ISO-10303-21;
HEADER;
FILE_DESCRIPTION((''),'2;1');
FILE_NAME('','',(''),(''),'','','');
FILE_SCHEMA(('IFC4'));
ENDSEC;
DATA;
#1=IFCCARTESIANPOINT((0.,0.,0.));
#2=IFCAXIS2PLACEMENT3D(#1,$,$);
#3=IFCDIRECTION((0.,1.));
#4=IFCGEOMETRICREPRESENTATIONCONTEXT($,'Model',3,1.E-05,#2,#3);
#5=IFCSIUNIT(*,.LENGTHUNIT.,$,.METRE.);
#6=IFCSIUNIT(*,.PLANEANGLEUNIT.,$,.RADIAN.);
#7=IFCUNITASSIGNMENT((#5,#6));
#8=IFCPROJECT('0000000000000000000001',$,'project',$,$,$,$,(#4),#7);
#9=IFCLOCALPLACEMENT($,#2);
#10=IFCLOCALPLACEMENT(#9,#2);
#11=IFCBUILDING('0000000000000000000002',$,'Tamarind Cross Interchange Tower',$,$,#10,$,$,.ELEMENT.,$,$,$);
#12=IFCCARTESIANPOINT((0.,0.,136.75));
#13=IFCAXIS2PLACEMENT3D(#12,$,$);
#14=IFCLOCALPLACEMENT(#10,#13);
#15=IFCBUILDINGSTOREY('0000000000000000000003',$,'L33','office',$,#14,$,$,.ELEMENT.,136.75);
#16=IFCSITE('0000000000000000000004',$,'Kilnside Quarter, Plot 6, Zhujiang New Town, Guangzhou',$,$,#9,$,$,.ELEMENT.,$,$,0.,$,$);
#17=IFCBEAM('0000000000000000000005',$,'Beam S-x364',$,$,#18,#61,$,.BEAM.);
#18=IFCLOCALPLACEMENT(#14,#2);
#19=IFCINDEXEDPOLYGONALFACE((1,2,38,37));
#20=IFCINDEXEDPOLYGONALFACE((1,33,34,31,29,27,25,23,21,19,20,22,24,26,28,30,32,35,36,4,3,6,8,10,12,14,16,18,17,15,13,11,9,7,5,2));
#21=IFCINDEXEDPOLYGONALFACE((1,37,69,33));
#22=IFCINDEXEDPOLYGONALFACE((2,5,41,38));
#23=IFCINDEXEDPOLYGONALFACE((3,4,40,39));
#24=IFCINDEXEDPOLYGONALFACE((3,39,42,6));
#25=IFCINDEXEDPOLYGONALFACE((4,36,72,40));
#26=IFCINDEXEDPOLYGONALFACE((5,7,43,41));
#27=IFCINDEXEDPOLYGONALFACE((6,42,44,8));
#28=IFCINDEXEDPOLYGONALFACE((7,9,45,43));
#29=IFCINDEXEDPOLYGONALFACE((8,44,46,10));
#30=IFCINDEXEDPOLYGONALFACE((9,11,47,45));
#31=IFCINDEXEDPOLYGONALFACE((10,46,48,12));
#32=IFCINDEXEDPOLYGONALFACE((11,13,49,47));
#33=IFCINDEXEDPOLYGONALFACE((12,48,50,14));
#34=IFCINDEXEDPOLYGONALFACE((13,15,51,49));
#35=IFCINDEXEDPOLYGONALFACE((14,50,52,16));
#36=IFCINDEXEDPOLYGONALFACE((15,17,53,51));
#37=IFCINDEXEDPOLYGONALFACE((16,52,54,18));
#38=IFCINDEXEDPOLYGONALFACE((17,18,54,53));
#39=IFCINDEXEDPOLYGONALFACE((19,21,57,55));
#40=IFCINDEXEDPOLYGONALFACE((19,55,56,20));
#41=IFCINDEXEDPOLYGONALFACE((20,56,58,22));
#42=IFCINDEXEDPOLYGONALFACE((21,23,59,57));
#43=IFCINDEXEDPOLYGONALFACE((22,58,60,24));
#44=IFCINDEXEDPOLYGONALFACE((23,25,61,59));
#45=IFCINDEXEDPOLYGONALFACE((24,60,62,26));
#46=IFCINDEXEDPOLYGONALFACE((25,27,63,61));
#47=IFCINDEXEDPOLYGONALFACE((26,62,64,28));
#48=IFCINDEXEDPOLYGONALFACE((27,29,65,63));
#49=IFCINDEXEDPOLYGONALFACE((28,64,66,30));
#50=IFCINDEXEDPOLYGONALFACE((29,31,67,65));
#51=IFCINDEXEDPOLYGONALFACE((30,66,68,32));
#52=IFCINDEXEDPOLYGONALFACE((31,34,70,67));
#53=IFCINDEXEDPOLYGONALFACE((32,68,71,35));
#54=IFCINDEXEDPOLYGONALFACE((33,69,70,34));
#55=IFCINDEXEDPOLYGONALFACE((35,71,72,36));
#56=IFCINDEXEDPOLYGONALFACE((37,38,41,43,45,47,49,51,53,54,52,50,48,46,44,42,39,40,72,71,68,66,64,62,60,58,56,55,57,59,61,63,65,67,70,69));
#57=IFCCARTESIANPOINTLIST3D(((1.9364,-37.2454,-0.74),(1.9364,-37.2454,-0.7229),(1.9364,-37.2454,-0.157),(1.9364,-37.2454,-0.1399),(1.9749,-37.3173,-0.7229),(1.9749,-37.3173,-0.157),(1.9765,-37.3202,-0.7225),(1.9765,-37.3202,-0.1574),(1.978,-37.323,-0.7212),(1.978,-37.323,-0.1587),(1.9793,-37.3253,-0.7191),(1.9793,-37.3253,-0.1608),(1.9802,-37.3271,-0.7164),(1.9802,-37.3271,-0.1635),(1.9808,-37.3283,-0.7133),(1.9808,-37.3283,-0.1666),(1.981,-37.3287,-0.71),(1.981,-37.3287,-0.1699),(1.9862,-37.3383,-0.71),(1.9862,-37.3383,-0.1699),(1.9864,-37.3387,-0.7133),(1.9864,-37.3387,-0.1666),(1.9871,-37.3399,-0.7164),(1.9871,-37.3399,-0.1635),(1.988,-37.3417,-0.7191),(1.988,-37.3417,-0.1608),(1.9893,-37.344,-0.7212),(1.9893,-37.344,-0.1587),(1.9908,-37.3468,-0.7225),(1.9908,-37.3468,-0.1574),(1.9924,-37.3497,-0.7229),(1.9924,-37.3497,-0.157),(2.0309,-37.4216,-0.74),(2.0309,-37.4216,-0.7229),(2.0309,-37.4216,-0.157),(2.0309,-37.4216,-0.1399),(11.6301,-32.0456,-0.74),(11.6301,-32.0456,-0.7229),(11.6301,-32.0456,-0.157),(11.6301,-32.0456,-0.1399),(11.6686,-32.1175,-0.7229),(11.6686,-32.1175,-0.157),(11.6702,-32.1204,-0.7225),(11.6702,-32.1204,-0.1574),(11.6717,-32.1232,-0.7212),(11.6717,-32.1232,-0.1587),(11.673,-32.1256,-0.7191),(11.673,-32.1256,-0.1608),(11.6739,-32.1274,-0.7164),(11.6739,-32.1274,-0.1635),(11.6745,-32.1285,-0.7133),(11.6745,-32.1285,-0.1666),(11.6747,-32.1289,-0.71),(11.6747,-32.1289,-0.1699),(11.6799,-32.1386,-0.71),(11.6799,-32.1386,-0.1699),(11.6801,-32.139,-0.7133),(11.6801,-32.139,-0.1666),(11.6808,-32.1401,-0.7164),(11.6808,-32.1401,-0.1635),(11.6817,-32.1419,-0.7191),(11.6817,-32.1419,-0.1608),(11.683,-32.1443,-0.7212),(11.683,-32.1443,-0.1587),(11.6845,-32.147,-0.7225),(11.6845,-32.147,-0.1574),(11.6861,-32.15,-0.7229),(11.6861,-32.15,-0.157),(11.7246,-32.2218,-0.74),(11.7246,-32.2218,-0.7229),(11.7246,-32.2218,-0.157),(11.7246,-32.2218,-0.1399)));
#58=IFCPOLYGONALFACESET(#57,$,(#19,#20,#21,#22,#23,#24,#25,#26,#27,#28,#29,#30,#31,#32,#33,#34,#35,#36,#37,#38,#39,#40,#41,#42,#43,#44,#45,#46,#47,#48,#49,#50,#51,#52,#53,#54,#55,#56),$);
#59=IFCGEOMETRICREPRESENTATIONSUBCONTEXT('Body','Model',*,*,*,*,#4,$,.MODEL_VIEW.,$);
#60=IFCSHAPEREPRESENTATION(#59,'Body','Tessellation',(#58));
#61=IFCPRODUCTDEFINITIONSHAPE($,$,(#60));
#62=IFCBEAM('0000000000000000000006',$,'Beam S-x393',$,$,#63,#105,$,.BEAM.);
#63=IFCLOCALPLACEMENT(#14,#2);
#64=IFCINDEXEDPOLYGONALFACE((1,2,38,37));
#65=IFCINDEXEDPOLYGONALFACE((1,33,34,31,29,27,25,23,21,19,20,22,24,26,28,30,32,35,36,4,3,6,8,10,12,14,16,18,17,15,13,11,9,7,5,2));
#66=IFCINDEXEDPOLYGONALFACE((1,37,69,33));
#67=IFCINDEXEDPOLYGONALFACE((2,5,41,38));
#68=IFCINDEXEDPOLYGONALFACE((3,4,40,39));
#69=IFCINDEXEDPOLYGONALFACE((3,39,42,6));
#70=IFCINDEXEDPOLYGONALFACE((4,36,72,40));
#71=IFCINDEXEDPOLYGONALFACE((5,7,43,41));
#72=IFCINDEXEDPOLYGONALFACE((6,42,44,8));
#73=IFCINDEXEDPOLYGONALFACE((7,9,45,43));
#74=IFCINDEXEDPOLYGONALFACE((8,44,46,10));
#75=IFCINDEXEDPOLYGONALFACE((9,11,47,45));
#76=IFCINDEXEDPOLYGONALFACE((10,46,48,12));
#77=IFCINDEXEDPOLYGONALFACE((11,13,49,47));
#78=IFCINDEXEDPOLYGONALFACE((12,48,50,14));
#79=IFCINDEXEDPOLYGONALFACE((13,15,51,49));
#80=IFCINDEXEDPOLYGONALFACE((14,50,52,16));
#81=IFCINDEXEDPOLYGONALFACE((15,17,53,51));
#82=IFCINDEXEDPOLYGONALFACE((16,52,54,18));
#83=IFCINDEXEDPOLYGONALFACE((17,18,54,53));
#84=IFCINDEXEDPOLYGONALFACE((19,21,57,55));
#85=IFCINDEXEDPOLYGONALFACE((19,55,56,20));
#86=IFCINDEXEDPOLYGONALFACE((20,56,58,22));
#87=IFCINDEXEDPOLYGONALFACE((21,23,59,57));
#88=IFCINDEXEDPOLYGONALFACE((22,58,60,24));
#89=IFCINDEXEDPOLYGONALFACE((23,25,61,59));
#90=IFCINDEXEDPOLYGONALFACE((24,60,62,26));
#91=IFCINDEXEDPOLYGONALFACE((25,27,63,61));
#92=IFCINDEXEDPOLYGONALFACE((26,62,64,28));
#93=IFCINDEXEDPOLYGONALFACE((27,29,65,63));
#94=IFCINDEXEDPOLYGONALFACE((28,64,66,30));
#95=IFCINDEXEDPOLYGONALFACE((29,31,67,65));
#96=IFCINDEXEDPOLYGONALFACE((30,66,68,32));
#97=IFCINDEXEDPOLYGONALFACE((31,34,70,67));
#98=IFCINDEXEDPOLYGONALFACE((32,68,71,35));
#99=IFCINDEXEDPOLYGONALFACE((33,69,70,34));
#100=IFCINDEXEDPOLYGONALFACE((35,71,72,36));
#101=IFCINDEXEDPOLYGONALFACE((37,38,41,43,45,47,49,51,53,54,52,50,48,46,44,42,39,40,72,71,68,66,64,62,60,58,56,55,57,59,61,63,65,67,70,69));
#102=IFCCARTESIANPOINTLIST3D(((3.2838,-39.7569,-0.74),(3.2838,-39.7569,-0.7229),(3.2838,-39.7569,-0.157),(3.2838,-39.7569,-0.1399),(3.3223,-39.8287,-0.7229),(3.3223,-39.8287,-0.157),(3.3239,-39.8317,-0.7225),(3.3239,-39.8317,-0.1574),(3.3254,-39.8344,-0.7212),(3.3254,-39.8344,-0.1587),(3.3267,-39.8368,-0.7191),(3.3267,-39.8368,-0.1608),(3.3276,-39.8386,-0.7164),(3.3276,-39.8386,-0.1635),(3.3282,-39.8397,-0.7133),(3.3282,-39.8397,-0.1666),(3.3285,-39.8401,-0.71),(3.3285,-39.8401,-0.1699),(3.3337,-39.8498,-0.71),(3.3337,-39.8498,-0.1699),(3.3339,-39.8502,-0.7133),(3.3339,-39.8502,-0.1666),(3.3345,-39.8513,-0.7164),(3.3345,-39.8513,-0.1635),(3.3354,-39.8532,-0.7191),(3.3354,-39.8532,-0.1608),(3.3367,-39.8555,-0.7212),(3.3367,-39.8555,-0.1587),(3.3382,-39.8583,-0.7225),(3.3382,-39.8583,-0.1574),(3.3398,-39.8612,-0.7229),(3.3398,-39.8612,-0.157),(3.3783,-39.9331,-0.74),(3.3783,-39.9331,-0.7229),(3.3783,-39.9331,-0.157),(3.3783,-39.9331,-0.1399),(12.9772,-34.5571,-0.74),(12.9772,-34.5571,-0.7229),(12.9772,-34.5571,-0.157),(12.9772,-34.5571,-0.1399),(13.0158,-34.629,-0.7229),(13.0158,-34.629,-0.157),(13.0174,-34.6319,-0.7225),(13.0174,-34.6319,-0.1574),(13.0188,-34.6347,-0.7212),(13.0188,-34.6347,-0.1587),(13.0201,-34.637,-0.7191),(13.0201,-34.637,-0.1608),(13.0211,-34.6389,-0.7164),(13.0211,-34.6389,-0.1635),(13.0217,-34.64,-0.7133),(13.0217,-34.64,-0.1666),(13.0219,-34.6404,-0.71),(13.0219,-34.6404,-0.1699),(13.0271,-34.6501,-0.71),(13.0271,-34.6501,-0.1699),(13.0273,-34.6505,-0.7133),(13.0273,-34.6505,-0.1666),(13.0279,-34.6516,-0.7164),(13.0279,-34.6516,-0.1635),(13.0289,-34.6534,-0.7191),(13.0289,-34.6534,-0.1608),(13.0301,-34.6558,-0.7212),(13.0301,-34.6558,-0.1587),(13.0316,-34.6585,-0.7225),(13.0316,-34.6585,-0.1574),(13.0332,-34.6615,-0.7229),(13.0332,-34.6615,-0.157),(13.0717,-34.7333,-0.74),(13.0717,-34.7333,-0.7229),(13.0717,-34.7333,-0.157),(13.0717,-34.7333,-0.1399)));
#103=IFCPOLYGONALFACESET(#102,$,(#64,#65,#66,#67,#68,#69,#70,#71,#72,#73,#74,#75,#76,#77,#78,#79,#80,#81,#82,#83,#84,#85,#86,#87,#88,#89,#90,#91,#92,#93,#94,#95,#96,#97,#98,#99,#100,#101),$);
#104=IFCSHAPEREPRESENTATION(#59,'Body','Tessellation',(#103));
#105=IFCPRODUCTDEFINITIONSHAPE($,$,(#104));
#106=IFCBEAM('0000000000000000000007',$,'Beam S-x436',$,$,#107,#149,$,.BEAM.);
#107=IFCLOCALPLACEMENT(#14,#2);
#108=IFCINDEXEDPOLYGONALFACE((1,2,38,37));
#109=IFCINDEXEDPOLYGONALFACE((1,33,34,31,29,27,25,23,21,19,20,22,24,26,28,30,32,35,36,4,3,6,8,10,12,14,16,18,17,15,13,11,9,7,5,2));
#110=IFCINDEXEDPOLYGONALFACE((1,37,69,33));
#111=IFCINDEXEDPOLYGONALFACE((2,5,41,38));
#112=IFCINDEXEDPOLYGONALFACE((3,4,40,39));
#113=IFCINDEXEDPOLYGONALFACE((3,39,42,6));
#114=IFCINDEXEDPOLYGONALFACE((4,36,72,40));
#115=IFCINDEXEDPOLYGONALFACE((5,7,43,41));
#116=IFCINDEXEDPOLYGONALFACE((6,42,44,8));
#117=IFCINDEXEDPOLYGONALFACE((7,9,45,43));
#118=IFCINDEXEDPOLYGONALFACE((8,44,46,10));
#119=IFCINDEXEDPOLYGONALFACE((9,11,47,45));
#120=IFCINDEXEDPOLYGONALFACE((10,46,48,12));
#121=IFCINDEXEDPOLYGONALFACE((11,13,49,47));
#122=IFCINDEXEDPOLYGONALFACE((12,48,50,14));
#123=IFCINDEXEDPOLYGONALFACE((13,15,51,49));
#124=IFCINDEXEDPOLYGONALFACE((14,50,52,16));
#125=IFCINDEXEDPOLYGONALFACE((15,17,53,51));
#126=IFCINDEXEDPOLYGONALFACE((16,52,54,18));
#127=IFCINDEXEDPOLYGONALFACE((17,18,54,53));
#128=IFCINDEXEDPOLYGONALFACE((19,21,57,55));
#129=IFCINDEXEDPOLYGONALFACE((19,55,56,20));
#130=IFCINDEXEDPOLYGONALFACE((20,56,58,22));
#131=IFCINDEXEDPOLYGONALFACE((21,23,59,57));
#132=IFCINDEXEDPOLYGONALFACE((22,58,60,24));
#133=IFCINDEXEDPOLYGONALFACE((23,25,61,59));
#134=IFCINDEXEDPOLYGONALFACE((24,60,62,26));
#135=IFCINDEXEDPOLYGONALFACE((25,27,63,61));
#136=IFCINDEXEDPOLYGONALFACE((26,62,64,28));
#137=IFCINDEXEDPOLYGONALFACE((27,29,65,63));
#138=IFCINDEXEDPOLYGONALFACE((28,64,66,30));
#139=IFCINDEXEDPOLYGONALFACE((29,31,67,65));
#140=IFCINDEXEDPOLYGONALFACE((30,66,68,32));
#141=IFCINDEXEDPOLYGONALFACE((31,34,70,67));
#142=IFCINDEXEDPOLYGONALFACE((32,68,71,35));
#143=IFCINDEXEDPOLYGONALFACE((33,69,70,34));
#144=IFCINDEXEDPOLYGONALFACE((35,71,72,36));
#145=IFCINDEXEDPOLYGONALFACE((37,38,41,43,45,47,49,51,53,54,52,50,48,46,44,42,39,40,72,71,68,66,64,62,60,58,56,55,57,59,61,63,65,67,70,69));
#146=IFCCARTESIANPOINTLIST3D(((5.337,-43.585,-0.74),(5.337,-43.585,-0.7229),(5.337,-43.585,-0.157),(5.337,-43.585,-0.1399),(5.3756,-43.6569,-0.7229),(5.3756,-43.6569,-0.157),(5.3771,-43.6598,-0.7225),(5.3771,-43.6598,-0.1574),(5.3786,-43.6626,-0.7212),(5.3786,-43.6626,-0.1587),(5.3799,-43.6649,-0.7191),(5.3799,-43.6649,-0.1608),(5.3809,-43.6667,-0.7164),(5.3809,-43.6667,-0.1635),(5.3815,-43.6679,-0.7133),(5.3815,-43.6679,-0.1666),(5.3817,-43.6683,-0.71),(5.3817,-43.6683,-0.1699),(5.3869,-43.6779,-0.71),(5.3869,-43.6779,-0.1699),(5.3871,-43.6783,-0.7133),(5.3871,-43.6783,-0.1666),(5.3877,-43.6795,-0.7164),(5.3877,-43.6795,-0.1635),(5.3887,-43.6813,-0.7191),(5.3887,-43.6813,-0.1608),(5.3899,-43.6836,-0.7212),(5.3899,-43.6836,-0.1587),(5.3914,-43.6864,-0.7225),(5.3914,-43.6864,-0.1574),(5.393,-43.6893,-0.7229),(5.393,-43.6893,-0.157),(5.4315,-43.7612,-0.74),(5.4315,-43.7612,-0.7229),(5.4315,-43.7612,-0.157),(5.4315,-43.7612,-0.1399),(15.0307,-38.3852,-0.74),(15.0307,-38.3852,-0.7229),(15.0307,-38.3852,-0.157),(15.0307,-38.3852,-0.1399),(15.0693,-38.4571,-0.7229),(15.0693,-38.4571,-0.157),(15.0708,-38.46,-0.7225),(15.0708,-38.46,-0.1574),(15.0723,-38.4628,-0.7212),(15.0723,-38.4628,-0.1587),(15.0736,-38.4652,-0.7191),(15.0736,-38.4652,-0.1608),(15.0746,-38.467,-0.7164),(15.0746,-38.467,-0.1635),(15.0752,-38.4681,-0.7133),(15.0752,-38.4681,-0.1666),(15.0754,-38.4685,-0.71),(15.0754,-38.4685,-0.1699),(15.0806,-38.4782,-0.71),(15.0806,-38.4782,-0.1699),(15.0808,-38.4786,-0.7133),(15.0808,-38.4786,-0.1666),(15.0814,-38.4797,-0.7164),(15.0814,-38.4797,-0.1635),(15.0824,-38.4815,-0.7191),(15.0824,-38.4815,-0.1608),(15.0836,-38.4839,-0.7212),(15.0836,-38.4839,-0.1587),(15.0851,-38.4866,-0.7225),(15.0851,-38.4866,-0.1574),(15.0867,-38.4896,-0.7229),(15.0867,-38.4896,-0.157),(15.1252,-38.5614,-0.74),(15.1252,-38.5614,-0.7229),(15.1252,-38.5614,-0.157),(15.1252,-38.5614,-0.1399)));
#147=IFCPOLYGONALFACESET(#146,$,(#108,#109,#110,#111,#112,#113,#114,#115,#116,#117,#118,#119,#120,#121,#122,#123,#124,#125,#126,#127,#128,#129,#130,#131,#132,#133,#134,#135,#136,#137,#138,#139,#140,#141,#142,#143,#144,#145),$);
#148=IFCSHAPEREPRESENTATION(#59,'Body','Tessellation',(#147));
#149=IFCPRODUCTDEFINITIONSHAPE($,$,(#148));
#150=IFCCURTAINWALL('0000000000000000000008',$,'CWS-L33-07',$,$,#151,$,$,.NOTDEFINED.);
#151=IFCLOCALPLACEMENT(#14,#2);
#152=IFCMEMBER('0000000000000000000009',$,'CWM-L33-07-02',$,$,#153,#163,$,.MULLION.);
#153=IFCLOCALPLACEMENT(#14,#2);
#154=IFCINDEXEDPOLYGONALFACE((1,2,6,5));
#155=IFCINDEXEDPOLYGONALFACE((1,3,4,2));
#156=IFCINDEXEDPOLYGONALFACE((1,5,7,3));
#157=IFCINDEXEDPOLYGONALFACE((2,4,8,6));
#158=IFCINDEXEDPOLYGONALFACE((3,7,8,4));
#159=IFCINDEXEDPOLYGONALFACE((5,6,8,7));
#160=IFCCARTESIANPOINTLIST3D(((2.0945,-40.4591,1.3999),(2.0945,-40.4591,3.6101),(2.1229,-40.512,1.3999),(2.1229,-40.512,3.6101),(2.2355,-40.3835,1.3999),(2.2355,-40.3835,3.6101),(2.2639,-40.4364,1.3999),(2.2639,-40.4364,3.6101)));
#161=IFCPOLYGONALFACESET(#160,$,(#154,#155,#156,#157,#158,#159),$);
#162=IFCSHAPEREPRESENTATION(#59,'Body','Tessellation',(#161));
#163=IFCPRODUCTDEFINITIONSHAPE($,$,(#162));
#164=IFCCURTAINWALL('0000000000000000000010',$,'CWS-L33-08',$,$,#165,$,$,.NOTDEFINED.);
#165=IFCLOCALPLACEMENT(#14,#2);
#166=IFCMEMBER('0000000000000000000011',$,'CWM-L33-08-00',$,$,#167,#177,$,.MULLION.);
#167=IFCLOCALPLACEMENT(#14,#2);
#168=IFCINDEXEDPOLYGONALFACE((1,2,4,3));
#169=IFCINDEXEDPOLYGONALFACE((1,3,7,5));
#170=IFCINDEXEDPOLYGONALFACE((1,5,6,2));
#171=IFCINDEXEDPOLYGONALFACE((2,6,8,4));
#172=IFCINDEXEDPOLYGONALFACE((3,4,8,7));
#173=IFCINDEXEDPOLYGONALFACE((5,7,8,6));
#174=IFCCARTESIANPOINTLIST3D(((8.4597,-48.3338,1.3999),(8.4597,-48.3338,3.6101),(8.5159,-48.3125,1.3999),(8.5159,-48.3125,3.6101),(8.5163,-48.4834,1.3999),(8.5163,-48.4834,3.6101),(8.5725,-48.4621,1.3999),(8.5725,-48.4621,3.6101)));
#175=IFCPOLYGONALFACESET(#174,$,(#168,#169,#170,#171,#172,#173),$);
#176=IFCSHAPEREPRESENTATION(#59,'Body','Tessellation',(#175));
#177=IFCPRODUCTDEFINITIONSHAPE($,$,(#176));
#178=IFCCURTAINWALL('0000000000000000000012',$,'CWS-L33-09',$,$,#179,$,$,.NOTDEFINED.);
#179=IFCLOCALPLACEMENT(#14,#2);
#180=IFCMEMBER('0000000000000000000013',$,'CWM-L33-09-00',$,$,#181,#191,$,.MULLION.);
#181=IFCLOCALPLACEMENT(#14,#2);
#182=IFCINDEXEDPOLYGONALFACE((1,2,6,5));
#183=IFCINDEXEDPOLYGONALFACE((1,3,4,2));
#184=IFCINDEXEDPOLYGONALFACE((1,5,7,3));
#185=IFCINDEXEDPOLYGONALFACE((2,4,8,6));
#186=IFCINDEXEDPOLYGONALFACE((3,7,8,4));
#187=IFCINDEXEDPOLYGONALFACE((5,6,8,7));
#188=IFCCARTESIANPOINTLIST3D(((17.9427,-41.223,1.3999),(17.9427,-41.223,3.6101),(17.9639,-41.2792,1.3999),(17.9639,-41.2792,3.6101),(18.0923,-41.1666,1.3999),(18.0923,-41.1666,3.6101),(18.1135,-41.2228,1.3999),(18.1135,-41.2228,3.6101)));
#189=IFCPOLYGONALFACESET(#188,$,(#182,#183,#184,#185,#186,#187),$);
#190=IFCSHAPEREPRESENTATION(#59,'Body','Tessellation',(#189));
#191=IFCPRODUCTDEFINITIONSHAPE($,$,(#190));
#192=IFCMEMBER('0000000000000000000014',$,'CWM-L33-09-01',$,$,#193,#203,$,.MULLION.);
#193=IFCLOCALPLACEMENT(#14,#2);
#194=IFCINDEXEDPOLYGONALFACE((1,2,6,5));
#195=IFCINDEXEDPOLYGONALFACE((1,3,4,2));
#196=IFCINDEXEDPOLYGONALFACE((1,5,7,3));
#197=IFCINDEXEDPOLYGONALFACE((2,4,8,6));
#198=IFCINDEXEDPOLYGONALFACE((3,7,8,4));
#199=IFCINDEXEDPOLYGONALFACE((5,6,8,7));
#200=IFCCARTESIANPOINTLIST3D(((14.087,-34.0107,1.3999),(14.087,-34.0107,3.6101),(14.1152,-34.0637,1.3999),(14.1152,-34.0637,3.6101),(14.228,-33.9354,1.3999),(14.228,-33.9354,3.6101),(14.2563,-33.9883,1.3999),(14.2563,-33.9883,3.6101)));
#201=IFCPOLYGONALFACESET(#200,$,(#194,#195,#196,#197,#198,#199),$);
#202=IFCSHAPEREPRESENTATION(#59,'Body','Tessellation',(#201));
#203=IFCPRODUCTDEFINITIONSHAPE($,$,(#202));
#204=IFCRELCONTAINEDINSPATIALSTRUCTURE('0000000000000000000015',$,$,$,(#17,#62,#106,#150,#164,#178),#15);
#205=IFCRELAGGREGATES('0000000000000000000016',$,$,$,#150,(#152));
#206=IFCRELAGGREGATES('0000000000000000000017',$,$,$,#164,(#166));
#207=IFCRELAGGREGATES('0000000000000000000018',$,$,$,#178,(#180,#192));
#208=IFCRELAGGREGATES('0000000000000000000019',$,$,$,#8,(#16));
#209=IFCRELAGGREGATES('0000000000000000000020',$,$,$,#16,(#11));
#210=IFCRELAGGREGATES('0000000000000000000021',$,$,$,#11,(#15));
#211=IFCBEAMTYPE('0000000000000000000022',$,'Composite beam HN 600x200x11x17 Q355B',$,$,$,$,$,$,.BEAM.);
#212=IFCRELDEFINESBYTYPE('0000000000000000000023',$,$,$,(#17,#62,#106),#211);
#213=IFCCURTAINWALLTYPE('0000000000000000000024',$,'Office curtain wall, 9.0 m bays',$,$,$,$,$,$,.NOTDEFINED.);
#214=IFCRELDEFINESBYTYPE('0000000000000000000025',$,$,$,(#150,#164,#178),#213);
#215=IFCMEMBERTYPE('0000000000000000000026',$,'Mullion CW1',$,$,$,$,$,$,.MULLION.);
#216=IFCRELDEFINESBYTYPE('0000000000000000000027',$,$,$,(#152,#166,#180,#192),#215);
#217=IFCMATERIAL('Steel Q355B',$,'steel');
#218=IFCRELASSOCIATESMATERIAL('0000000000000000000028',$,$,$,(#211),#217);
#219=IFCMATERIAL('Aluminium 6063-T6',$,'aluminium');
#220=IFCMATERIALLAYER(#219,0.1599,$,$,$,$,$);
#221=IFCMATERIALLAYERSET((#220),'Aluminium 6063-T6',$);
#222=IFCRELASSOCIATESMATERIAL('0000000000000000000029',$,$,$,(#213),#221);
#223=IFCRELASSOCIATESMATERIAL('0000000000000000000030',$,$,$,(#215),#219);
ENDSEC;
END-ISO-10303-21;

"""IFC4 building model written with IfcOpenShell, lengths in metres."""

from ifc_helpers import new_model, si_unit, direction, frame, origin, origin_2d, place, context, subcontext, project, spatial, rectangle, i_section, extrude, material, layer, layer_set, material_profile, profile_set, type_object, element, aggregate, save


model = new_model("IFC4")

# Units and contexts
model_context = context("Model", 3, precision=1e-05, world=origin(), true_north=direction((0.0, 1.0)))
body_context = subcontext(model_context, "Body", "Model", "MODEL_VIEW")
ifc_project = project(units=[si_unit("LENGTHUNIT", "METRE"), si_unit("PLANEANGLEUNIT", "RADIAN")], contexts=[model_context])

# Site, building, storey
site_placement = place(None, origin())
site = spatial("IfcSite", under=ifc_project, at=site_placement, Name="Kilnside Quarter, Plot 6, Zhujiang New Town, Guangzhou", CompositionType="ELEMENT", RefElevation=0.0)
building_placement = place(site_placement, origin())
building = spatial("IfcBuilding", under=site, at=building_placement, Name="Tamarind Cross Interchange Tower", CompositionType="ELEMENT")
storey_placement = place(building_placement, frame((0.0, 0.0, 136.75)))
storey = spatial("IfcBuildingStorey", under=building, at=storey_placement, Name="L33", Description="office", CompositionType="ELEMENT", Elevation=136.75)

# Beams
ifc_material_1 = material(Name="Steel Q355B", Category="steel")
ifc_material_profile_1 = material_profile(ifc_material_1, i_section(OverallWidth=0.2, OverallDepth=0.6001, WebThickness=0.011, FlangeThickness=0.0171, FilletRadius=0.0129, at=origin_2d()), Name="HN 600x200x11x17")
ifc_profile_set_1 = profile_set([ifc_material_profile_1], Name="Steel Q355B")
beam_type_1 = type_object("IfcBeamType", Name="Composite beam HN 600x200x11x17 Q355B", PredefinedType="BEAM", material=ifc_profile_set_1)
beam_1_placement = place(storey_placement, frame((1.9836, -37.3335, -0.4399), z_axis=(0.881226, 0.472695, 0.0), x_axis=(-0.472695, 0.881226, 0.0)))
element("IfcBeam", 1, at=beam_1_placement, inside=storey, type_object=beam_type_1, Name="Beam S-x364", PredefinedType="BEAM", context=body_context, shape_type="SweptSolid", body=[
    extrude(i_section(OverallWidth=0.2, OverallDepth=0.6001, WebThickness=0.011, FlangeThickness=0.0171, FilletRadius=0.0129, at=origin_2d()), origin(), (0.0, 0.0, 1.0), 11.0002),
])
beam_2_placement = place(storey_placement, frame((3.3311, -39.845, -0.4399), z_axis=(0.881221, 0.472704, 0.0), x_axis=(-0.472704, 0.881221, 0.0)))
element("IfcBeam", 2, at=beam_2_placement, inside=storey, type_object=beam_type_1, Name="Beam S-x393", PredefinedType="BEAM", context=body_context, shape_type="SweptSolid", body=[
    extrude(i_section(OverallWidth=0.2, OverallDepth=0.6001, WebThickness=0.011, FlangeThickness=0.0171, FilletRadius=0.0129, at=origin_2d()), origin(), (0.0, 0.0, 1.0), 11.0),
])
beam_3_placement = place(storey_placement, frame((5.3843, -43.6731, -0.4399), z_axis=(0.881226, 0.472695, 0.0), x_axis=(-0.472695, 0.881226, 0.0)))
element("IfcBeam", 3, at=beam_3_placement, inside=storey, type_object=beam_type_1, Name="Beam S-x436", PredefinedType="BEAM", context=body_context, shape_type="SweptSolid", body=[
    extrude(i_section(OverallWidth=0.2, OverallDepth=0.6001, WebThickness=0.011, FlangeThickness=0.0171, FilletRadius=0.0129, at=origin_2d()), origin(), (0.0, 0.0, 1.0), 11.0002),
])

# Curtain walls, members
ifc_material_2 = material(Name="Aluminium 6063-T6", Category="aluminium")
ifc_layer_1 = layer(ifc_material_2, 0.1599)
ifc_layer_set_1 = layer_set([ifc_layer_1], Name="Aluminium 6063-T6")
curtain_wall_type = type_object("IfcCurtainWallType", Name="Office curtain wall, 9.0 m bays", PredefinedType="NOTDEFINED", material=ifc_layer_set_1)
curtain_wall_1_placement = place(storey_placement, origin())
curtain_wall_1 = element("IfcCurtainWall", 4, at=curtain_wall_1_placement, inside=storey, type_object=curtain_wall_type, Name="CWS-L33-07", PredefinedType="NOTDEFINED")
ifc_material_profile_2 = material_profile(ifc_material_2, rectangle(XDim=0.0601, YDim=0.1599, at=origin_2d()), Name="Mullion CW1")
ifc_profile_set_2 = profile_set([ifc_material_profile_2], Name="Aluminium 6063-T6")
member_type = type_object("IfcMemberType", Name="Mullion CW1", PredefinedType="MULLION", material=ifc_profile_set_2)
member_1_placement = place(storey_placement, frame((2.1792, -40.4478, 1.3999), z_axis=(0.0, 0.0, 1.0), x_axis=(0.472698, -0.881224, 0.0)))
member_1 = element("IfcMember", 5, at=member_1_placement, type_object=member_type, Name="CWM-L33-07-02", PredefinedType="MULLION", context=body_context, shape_type="SweptSolid", body=[
    extrude(rectangle(XDim=0.0601, YDim=0.1599, at=origin_2d()), origin(), (0.0, 0.0, 1.0), 2.2102),
])
aggregate(curtain_wall_1, [member_1])
curtain_wall_2_placement = place(storey_placement, origin())
curtain_wall_2 = element("IfcCurtainWall", 6, at=curtain_wall_2_placement, inside=storey, type_object=curtain_wall_type, Name="CWS-L33-08", PredefinedType="NOTDEFINED")
member_2_placement = place(storey_placement, frame((8.5161, -48.3979, 1.3999), z_axis=(0.0, 0.0, 1.0), x_axis=(0.935385, 0.353632, 0.0)))
member_2 = element("IfcMember", 7, at=member_2_placement, type_object=member_type, Name="CWM-L33-08-00", PredefinedType="MULLION", context=body_context, shape_type="SweptSolid", body=[
    extrude(rectangle(XDim=0.0601, YDim=0.1599, at=origin_2d()), origin(), (0.0, 0.0, 1.0), 2.2102),
])
aggregate(curtain_wall_2, [member_2])

# Curtain wall, members
curtain_wall_3_placement = place(storey_placement, origin())
curtain_wall_3 = element("IfcCurtainWall", 8, at=curtain_wall_3_placement, inside=storey, type_object=curtain_wall_type, Name="CWS-L33-09", PredefinedType="NOTDEFINED")
member_3_placement = place(storey_placement, frame((18.0281, -41.2229, 1.3999), z_axis=(0.0, 0.0, 1.0), x_axis=(-0.352709, 0.935733, 0.0)))
member_3 = element("IfcMember", 9, at=member_3_placement, type_object=member_type, Name="CWM-L33-09-00", PredefinedType="MULLION", context=body_context, shape_type="SweptSolid", body=[
    extrude(rectangle(XDim=0.0601, YDim=0.1599, at=origin_2d()), origin(), (0.0, 0.0, 1.0), 2.2102),
])
member_4_placement = place(storey_placement, frame((14.1716, -33.9995, 1.3999), z_axis=(0.0, 0.0, 1.0), x_axis=(-0.470959, 0.882155, 0.0)))
member_4 = element("IfcMember", 10, at=member_4_placement, type_object=member_type, Name="CWM-L33-09-01", PredefinedType="MULLION", context=body_context, shape_type="SweptSolid", body=[
    extrude(rectangle(XDim=0.0601, YDim=0.1599, at=origin_2d()), origin(), (0.0, 0.0, 1.0), 2.2102),
])
aggregate(curtain_wall_3, [member_3, member_4])

save(model, "model.ifc")
